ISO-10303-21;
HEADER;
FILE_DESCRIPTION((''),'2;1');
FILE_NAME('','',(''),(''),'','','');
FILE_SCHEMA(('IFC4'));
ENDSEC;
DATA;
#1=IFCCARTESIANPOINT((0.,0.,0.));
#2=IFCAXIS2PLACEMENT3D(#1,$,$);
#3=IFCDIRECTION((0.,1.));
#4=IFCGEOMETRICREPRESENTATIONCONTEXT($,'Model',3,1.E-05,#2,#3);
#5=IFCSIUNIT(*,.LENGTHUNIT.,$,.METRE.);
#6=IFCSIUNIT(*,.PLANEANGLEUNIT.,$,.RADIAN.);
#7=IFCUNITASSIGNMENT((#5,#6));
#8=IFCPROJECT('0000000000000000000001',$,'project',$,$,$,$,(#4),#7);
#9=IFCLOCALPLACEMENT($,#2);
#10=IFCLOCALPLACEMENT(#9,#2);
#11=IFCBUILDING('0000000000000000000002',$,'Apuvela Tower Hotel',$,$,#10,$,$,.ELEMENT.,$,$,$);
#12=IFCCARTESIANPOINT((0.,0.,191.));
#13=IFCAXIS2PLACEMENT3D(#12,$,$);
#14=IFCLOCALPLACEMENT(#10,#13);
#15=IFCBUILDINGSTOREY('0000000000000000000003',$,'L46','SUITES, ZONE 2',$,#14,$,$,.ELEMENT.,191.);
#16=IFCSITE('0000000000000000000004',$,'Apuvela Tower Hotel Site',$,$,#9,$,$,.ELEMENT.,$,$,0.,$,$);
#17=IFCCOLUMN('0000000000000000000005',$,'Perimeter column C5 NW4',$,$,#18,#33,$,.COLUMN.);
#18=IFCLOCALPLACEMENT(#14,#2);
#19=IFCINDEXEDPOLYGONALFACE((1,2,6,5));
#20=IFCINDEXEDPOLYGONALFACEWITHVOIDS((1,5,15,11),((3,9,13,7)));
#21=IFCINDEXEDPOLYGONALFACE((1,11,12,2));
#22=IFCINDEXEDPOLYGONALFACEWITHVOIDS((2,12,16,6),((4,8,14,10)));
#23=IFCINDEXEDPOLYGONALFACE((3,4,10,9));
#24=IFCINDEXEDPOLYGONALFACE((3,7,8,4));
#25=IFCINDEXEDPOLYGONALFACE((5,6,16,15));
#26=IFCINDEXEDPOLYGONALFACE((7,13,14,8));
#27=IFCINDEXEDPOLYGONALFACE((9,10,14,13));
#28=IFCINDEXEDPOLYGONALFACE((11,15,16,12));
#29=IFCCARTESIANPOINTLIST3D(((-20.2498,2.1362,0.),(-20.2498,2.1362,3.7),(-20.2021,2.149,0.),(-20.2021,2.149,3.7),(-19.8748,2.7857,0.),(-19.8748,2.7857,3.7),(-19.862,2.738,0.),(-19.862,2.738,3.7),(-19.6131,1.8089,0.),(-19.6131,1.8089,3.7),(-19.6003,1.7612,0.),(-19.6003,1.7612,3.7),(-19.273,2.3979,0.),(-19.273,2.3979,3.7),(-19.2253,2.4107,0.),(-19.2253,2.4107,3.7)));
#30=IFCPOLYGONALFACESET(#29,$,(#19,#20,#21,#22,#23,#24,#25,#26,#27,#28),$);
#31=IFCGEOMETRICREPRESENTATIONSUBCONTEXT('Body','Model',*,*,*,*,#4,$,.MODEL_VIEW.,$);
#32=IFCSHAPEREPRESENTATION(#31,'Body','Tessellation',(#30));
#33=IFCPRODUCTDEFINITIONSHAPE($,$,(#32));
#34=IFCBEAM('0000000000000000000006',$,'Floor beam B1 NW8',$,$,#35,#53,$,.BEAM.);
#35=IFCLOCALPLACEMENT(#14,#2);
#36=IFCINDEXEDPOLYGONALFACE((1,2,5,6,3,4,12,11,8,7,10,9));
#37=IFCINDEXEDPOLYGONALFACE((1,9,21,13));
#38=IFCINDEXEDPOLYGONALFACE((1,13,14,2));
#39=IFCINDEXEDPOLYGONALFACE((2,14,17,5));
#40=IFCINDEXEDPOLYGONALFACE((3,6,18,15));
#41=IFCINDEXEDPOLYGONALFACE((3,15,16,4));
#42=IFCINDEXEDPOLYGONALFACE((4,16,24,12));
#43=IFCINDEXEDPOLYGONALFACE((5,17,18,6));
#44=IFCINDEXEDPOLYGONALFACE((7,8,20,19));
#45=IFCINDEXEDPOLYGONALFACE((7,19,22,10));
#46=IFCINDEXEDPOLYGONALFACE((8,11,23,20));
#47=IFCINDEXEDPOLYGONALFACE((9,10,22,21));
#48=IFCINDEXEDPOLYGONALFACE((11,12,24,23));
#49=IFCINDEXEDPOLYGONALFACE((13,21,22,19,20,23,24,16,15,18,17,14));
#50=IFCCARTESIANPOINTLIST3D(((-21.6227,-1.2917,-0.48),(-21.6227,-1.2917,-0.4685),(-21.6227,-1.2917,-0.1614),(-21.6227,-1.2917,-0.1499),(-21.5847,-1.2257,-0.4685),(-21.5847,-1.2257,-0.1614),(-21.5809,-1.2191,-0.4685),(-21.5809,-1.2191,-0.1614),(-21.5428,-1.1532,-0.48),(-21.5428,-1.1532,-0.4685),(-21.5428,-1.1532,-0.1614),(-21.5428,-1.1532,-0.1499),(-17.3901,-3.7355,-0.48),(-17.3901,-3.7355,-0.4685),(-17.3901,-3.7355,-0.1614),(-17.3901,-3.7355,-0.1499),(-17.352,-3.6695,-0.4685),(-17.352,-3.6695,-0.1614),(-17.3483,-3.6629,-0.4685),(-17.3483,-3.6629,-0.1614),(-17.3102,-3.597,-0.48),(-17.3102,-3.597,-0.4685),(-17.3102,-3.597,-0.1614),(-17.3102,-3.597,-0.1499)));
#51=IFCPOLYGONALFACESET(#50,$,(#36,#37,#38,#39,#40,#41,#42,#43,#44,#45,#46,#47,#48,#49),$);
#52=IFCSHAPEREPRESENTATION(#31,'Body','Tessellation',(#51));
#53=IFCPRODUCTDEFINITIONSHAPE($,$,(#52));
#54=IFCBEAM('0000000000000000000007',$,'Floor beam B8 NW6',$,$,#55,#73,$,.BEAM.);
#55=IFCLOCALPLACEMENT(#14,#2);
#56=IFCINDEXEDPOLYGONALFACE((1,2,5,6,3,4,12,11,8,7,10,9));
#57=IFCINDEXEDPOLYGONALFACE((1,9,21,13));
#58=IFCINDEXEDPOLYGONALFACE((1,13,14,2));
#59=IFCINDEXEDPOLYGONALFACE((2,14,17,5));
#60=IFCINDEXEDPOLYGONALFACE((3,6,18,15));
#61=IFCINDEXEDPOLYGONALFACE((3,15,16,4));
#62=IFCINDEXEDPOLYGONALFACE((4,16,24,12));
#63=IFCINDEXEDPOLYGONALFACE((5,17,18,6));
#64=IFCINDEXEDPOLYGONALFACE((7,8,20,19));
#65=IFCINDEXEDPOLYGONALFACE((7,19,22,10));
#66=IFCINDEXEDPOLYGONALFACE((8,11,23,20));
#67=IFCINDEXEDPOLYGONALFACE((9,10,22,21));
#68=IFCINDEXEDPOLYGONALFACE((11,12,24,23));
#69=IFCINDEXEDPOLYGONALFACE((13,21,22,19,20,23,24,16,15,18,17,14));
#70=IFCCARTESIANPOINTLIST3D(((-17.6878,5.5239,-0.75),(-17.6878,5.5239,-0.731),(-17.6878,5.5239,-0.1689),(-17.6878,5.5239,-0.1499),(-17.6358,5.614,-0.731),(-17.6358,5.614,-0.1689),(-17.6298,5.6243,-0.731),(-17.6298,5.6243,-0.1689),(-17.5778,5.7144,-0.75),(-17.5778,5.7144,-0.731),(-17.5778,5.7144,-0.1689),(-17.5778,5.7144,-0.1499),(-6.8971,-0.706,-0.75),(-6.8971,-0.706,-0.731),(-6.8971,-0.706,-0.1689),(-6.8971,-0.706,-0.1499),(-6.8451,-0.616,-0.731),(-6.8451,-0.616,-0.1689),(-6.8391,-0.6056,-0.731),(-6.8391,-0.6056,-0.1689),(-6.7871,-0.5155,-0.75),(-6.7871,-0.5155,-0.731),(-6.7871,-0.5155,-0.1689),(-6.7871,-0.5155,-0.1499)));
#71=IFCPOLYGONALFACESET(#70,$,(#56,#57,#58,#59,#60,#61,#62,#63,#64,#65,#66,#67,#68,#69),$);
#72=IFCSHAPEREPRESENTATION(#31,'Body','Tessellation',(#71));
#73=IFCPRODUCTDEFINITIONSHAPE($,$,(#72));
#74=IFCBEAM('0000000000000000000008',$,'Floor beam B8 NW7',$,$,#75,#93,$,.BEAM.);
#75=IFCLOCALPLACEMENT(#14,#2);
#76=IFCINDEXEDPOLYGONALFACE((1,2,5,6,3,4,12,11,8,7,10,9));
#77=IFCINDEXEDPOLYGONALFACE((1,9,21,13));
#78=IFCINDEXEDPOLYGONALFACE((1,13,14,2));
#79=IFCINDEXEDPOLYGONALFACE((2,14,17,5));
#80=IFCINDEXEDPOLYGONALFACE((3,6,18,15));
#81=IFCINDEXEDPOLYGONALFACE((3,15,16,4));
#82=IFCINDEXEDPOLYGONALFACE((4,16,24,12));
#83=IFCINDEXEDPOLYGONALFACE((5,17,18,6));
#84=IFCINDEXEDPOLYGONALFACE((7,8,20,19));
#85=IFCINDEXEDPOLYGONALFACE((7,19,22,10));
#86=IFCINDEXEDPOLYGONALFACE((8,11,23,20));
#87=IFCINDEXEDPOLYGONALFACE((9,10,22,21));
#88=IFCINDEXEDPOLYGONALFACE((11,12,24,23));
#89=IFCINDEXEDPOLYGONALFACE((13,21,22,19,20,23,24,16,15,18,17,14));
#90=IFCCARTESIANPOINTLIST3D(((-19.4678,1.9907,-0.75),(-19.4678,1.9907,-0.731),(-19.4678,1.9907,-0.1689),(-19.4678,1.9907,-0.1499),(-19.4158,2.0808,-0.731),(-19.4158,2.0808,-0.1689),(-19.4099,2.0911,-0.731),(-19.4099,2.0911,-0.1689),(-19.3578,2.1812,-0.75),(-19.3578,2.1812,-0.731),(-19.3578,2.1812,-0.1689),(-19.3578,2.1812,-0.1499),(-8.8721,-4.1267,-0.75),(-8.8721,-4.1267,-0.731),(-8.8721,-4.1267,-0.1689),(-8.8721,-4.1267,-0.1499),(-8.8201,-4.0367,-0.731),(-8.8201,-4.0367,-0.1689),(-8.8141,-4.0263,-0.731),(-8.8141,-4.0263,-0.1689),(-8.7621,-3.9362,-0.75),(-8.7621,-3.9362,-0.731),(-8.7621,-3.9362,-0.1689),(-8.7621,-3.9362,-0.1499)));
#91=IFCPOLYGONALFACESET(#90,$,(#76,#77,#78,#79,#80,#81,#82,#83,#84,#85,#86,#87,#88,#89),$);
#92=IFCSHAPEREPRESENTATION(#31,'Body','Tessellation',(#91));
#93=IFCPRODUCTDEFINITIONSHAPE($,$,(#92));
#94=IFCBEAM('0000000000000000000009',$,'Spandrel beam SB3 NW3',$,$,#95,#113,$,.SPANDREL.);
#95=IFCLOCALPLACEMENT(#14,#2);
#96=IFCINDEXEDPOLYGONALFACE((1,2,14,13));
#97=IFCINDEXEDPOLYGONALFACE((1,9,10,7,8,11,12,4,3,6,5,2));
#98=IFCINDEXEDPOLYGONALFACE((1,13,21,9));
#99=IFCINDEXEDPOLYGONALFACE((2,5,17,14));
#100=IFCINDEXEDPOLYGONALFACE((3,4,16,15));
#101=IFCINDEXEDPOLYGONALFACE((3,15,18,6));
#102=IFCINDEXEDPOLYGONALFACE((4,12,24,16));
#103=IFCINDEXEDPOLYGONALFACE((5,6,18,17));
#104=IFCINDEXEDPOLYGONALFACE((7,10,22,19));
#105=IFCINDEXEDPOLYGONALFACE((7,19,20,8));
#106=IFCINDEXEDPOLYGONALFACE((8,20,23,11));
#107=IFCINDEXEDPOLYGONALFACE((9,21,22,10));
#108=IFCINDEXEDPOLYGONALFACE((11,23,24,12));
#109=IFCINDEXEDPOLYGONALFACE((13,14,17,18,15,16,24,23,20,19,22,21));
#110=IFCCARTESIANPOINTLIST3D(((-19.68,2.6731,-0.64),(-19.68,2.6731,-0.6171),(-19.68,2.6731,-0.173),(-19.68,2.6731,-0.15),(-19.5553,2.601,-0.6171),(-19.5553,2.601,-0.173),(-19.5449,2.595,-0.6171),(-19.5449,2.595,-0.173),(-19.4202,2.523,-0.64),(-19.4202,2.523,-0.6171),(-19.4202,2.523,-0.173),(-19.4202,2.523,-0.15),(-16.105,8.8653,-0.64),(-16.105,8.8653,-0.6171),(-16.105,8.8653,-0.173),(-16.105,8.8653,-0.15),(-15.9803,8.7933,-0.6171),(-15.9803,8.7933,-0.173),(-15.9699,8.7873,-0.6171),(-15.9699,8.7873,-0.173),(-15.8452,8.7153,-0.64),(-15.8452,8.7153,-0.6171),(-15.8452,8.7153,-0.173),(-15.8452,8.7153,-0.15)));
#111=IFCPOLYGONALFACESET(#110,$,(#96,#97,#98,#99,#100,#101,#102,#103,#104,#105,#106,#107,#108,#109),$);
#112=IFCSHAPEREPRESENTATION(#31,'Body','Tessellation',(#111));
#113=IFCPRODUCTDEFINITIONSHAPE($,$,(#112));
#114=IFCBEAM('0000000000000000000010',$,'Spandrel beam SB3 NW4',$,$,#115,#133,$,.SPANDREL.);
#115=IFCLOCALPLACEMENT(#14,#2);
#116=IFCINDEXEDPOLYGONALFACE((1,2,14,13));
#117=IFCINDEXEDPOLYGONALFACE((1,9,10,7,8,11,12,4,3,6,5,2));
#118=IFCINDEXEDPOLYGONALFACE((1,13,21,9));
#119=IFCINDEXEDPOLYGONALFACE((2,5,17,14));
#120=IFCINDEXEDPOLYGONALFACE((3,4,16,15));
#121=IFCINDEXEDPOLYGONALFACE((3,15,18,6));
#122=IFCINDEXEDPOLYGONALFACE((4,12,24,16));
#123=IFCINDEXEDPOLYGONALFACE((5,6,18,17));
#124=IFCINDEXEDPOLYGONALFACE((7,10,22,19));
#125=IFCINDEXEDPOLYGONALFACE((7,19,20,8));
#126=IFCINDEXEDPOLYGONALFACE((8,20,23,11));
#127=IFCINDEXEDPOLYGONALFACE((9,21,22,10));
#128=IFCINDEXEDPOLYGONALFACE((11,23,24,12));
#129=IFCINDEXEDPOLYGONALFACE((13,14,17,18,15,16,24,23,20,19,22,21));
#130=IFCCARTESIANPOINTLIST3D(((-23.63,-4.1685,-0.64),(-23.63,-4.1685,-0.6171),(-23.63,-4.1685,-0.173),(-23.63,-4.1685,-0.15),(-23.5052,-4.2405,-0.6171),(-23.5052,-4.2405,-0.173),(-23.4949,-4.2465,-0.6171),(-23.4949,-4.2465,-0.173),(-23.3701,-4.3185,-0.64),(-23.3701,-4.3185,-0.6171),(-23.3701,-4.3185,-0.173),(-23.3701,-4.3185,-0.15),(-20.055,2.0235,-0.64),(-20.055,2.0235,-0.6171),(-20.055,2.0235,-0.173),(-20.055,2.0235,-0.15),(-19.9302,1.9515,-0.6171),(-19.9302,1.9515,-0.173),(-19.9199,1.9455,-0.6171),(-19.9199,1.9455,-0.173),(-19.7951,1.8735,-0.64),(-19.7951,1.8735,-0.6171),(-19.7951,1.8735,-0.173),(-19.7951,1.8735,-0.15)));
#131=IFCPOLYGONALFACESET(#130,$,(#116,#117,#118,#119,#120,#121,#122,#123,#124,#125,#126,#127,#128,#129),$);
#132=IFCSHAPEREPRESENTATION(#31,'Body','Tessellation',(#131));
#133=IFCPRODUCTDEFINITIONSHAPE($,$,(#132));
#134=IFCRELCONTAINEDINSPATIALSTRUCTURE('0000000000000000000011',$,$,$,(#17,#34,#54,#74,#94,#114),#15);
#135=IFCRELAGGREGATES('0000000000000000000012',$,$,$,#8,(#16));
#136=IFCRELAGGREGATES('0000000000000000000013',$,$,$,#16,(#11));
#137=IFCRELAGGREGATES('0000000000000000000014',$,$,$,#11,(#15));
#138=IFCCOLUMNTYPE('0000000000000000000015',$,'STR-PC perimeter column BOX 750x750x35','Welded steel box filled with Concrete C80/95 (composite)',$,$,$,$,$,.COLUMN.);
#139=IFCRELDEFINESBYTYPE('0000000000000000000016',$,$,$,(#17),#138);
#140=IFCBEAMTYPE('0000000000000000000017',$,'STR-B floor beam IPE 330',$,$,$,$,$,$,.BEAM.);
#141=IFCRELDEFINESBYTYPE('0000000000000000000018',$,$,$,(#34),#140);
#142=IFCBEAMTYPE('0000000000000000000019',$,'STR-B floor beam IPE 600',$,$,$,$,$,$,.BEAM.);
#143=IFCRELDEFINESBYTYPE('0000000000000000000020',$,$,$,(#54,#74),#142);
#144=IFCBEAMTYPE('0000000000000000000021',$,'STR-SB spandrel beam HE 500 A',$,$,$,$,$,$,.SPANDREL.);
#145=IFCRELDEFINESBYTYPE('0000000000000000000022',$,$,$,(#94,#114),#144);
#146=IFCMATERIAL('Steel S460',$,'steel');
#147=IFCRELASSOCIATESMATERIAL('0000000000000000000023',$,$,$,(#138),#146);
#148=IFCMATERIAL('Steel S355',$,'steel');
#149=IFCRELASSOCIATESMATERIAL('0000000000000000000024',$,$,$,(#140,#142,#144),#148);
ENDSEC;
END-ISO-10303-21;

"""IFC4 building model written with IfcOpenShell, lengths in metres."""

from ifc_helpers import new_model, si_unit, direction, frame, origin, origin_2d, place, context, subcontext, project, spatial, rectangle, hollow_rectangle, i_section, extrude, material, material_profile, profile_set, type_object, element, save


model = new_model("IFC4")

# Units and contexts
model_context = context("Model", 3, precision=1e-05, world=origin(), true_north=direction((0.0, 1.0)))
body_context = subcontext(model_context, "Body", "Model", "MODEL_VIEW")
ifc_project = project(units=[si_unit("LENGTHUNIT", "METRE"), si_unit("PLANEANGLEUNIT", "RADIAN")], contexts=[model_context])

# Site, building, storey
site_placement = place(None, origin())
site = spatial("IfcSite", under=ifc_project, at=site_placement, Name="Apuvela Tower Hotel Site", CompositionType="ELEMENT", RefElevation=0.0)
building_placement = place(site_placement, origin())
building = spatial("IfcBuilding", under=site, at=building_placement, Name="Apuvela Tower Hotel", CompositionType="ELEMENT")
storey_placement = place(building_placement, frame((0.0, 0.0, 191.0)))
storey = spatial("IfcBuildingStorey", under=building, at=storey_placement, Name="L46", Description="SUITES, ZONE 2", CompositionType="ELEMENT", Elevation=191.0)

# Column
ifc_material_1 = material(Name="Steel S460", Category="steel")
ifc_material_profile_1 = material_profile(ifc_material_1, hollow_rectangle(XDim=0.75, YDim=0.75, WallThickness=0.0349, at=origin_2d()), Name="BOX 750x750x35")
ifc_material_2 = material(Name="Concrete C80/95", Category="concrete")
ifc_material_profile_2 = material_profile(ifc_material_2, rectangle(XDim=0.6799, YDim=0.6799, at=origin_2d()), Name="Concrete C80/95 infill")
ifc_profile_set_1 = profile_set([ifc_material_profile_1, ifc_material_profile_2], Name="Steel S460")
column_type = type_object("IfcColumnType", Name="STR-PC perimeter column BOX 750x750x35", Description="Welded steel box filled with Concrete C80/95 (composite)", PredefinedType="COLUMN", material=ifc_profile_set_1)
column_placement = place(storey_placement, frame((-19.7375, 2.2734, 0.0), z_axis=(0.0, 0.0, 1.0), x_axis=(0.5, 0.866025, 0.0)))
element("IfcColumn", 1, at=column_placement, inside=storey, type_object=column_type, Name="Perimeter column C5 NW4", PredefinedType="COLUMN", context=body_context, shape_type="SweptSolid", body=[
    extrude(hollow_rectangle(XDim=0.75, YDim=0.75, WallThickness=0.0349, at=origin_2d()), origin(), (0.0, 0.0, 1.0), 3.7),
])

# Beams
ifc_material_3 = material(Name="Steel S355", Category="steel")
ifc_material_profile_3 = material_profile(ifc_material_3, i_section(OverallWidth=0.1599, OverallDepth=0.3301, WebThickness=0.0076, FlangeThickness=0.0115, at=origin_2d()), Name="IPE 330")
ifc_profile_set_2 = profile_set([ifc_material_profile_3], Name="Steel S355")
beam_type_1 = type_object("IfcBeamType", Name="STR-B floor beam IPE 330", PredefinedType="BEAM", material=ifc_profile_set_2)
beam_1_placement = place(storey_placement, frame((-21.5828, -1.2224, -0.3149), z_axis=(0.866015, -0.500018, 0.0), x_axis=(0.500018, 0.866015, 0.0)))
element("IfcBeam", 2, at=beam_1_placement, inside=storey, type_object=beam_type_1, Name="Floor beam B1 NW8", PredefinedType="BEAM", context=body_context, shape_type="SweptSolid", body=[
    extrude(i_section(OverallWidth=0.1599, OverallDepth=0.3301, WebThickness=0.0076, FlangeThickness=0.0115, at=origin_2d()), origin(), (0.0, 0.0, 1.0), 4.8875),
])
ifc_material_profile_4 = material_profile(ifc_material_3, i_section(OverallWidth=0.22, OverallDepth=0.6001, WebThickness=0.012, FlangeThickness=0.019, at=origin_2d()), Name="IPE 600")
ifc_profile_set_3 = profile_set([ifc_material_profile_4], Name="Steel S355")
beam_type_2 = type_object("IfcBeamType", Name="STR-B floor beam IPE 600", PredefinedType="BEAM", material=ifc_profile_set_3)
beam_2_placement = place(storey_placement, frame((-17.6328, 5.6191, -0.45), z_axis=(0.866028, -0.499996, 0.0), x_axis=(0.499996, 0.866028, 0.0)))
element("IfcBeam", 3, at=beam_2_placement, inside=storey, type_object=beam_type_2, Name="Floor beam B8 NW6", PredefinedType="BEAM", context=body_context, shape_type="SweptSolid", body=[
    extrude(i_section(OverallWidth=0.22, OverallDepth=0.6001, WebThickness=0.012, FlangeThickness=0.019, at=origin_2d()), origin(), (0.0, 0.0, 1.0), 12.46),
])
beam_3_placement = place(storey_placement, frame((-19.4128, 2.0859, -0.45), z_axis=(0.866025, -0.5, 0.0), x_axis=(0.5, 0.866025, 0.0)))
element("IfcBeam", 4, at=beam_3_placement, inside=storey, type_object=beam_type_2, Name="Floor beam B8 NW7", PredefinedType="BEAM", context=body_context, shape_type="SweptSolid", body=[
    extrude(i_section(OverallWidth=0.22, OverallDepth=0.6001, WebThickness=0.012, FlangeThickness=0.019, at=origin_2d()), origin(), (0.0, 0.0, 1.0), 12.2349),
])
ifc_material_profile_5 = material_profile(ifc_material_3, i_section(OverallWidth=0.3, OverallDepth=0.49, WebThickness=0.012, FlangeThickness=0.0229, at=origin_2d()), Name="HE 500 A")
ifc_profile_set_4 = profile_set([ifc_material_profile_5], Name="Steel S355")
beam_type_3 = type_object("IfcBeamType", Name="STR-SB spandrel beam HE 500 A", PredefinedType="SPANDREL", material=ifc_profile_set_4)
beam_4_placement = place(storey_placement, frame((-15.9751, 8.7903, -0.395), z_axis=(-0.499991, -0.86603, 0.0), x_axis=(0.86603, -0.499991, 0.0)))
element("IfcBeam", 5, at=beam_4_placement, inside=storey, type_object=beam_type_3, Name="Spandrel beam SB3 NW3", PredefinedType="SPANDREL", context=body_context, shape_type="SweptSolid", body=[
    extrude(i_section(OverallWidth=0.3, OverallDepth=0.49, WebThickness=0.012, FlangeThickness=0.0229, at=origin_2d()), origin(), (0.0, 0.0, 1.0), 7.1501),
])
beam_5_placement = place(storey_placement, frame((-19.925, 1.9485, -0.395), z_axis=(-0.500006, -0.866022, 0.0), x_axis=(0.866022, -0.500006, 0.0)))
element("IfcBeam", 6, at=beam_5_placement, inside=storey, type_object=beam_type_3, Name="Spandrel beam SB3 NW4", PredefinedType="SPANDREL", context=body_context, shape_type="SweptSolid", body=[
    extrude(i_section(OverallWidth=0.3, OverallDepth=0.49, WebThickness=0.012, FlangeThickness=0.0229, at=origin_2d()), origin(), (0.0, 0.0, 1.0), 7.1499),
])

save(model, "model.ifc")
